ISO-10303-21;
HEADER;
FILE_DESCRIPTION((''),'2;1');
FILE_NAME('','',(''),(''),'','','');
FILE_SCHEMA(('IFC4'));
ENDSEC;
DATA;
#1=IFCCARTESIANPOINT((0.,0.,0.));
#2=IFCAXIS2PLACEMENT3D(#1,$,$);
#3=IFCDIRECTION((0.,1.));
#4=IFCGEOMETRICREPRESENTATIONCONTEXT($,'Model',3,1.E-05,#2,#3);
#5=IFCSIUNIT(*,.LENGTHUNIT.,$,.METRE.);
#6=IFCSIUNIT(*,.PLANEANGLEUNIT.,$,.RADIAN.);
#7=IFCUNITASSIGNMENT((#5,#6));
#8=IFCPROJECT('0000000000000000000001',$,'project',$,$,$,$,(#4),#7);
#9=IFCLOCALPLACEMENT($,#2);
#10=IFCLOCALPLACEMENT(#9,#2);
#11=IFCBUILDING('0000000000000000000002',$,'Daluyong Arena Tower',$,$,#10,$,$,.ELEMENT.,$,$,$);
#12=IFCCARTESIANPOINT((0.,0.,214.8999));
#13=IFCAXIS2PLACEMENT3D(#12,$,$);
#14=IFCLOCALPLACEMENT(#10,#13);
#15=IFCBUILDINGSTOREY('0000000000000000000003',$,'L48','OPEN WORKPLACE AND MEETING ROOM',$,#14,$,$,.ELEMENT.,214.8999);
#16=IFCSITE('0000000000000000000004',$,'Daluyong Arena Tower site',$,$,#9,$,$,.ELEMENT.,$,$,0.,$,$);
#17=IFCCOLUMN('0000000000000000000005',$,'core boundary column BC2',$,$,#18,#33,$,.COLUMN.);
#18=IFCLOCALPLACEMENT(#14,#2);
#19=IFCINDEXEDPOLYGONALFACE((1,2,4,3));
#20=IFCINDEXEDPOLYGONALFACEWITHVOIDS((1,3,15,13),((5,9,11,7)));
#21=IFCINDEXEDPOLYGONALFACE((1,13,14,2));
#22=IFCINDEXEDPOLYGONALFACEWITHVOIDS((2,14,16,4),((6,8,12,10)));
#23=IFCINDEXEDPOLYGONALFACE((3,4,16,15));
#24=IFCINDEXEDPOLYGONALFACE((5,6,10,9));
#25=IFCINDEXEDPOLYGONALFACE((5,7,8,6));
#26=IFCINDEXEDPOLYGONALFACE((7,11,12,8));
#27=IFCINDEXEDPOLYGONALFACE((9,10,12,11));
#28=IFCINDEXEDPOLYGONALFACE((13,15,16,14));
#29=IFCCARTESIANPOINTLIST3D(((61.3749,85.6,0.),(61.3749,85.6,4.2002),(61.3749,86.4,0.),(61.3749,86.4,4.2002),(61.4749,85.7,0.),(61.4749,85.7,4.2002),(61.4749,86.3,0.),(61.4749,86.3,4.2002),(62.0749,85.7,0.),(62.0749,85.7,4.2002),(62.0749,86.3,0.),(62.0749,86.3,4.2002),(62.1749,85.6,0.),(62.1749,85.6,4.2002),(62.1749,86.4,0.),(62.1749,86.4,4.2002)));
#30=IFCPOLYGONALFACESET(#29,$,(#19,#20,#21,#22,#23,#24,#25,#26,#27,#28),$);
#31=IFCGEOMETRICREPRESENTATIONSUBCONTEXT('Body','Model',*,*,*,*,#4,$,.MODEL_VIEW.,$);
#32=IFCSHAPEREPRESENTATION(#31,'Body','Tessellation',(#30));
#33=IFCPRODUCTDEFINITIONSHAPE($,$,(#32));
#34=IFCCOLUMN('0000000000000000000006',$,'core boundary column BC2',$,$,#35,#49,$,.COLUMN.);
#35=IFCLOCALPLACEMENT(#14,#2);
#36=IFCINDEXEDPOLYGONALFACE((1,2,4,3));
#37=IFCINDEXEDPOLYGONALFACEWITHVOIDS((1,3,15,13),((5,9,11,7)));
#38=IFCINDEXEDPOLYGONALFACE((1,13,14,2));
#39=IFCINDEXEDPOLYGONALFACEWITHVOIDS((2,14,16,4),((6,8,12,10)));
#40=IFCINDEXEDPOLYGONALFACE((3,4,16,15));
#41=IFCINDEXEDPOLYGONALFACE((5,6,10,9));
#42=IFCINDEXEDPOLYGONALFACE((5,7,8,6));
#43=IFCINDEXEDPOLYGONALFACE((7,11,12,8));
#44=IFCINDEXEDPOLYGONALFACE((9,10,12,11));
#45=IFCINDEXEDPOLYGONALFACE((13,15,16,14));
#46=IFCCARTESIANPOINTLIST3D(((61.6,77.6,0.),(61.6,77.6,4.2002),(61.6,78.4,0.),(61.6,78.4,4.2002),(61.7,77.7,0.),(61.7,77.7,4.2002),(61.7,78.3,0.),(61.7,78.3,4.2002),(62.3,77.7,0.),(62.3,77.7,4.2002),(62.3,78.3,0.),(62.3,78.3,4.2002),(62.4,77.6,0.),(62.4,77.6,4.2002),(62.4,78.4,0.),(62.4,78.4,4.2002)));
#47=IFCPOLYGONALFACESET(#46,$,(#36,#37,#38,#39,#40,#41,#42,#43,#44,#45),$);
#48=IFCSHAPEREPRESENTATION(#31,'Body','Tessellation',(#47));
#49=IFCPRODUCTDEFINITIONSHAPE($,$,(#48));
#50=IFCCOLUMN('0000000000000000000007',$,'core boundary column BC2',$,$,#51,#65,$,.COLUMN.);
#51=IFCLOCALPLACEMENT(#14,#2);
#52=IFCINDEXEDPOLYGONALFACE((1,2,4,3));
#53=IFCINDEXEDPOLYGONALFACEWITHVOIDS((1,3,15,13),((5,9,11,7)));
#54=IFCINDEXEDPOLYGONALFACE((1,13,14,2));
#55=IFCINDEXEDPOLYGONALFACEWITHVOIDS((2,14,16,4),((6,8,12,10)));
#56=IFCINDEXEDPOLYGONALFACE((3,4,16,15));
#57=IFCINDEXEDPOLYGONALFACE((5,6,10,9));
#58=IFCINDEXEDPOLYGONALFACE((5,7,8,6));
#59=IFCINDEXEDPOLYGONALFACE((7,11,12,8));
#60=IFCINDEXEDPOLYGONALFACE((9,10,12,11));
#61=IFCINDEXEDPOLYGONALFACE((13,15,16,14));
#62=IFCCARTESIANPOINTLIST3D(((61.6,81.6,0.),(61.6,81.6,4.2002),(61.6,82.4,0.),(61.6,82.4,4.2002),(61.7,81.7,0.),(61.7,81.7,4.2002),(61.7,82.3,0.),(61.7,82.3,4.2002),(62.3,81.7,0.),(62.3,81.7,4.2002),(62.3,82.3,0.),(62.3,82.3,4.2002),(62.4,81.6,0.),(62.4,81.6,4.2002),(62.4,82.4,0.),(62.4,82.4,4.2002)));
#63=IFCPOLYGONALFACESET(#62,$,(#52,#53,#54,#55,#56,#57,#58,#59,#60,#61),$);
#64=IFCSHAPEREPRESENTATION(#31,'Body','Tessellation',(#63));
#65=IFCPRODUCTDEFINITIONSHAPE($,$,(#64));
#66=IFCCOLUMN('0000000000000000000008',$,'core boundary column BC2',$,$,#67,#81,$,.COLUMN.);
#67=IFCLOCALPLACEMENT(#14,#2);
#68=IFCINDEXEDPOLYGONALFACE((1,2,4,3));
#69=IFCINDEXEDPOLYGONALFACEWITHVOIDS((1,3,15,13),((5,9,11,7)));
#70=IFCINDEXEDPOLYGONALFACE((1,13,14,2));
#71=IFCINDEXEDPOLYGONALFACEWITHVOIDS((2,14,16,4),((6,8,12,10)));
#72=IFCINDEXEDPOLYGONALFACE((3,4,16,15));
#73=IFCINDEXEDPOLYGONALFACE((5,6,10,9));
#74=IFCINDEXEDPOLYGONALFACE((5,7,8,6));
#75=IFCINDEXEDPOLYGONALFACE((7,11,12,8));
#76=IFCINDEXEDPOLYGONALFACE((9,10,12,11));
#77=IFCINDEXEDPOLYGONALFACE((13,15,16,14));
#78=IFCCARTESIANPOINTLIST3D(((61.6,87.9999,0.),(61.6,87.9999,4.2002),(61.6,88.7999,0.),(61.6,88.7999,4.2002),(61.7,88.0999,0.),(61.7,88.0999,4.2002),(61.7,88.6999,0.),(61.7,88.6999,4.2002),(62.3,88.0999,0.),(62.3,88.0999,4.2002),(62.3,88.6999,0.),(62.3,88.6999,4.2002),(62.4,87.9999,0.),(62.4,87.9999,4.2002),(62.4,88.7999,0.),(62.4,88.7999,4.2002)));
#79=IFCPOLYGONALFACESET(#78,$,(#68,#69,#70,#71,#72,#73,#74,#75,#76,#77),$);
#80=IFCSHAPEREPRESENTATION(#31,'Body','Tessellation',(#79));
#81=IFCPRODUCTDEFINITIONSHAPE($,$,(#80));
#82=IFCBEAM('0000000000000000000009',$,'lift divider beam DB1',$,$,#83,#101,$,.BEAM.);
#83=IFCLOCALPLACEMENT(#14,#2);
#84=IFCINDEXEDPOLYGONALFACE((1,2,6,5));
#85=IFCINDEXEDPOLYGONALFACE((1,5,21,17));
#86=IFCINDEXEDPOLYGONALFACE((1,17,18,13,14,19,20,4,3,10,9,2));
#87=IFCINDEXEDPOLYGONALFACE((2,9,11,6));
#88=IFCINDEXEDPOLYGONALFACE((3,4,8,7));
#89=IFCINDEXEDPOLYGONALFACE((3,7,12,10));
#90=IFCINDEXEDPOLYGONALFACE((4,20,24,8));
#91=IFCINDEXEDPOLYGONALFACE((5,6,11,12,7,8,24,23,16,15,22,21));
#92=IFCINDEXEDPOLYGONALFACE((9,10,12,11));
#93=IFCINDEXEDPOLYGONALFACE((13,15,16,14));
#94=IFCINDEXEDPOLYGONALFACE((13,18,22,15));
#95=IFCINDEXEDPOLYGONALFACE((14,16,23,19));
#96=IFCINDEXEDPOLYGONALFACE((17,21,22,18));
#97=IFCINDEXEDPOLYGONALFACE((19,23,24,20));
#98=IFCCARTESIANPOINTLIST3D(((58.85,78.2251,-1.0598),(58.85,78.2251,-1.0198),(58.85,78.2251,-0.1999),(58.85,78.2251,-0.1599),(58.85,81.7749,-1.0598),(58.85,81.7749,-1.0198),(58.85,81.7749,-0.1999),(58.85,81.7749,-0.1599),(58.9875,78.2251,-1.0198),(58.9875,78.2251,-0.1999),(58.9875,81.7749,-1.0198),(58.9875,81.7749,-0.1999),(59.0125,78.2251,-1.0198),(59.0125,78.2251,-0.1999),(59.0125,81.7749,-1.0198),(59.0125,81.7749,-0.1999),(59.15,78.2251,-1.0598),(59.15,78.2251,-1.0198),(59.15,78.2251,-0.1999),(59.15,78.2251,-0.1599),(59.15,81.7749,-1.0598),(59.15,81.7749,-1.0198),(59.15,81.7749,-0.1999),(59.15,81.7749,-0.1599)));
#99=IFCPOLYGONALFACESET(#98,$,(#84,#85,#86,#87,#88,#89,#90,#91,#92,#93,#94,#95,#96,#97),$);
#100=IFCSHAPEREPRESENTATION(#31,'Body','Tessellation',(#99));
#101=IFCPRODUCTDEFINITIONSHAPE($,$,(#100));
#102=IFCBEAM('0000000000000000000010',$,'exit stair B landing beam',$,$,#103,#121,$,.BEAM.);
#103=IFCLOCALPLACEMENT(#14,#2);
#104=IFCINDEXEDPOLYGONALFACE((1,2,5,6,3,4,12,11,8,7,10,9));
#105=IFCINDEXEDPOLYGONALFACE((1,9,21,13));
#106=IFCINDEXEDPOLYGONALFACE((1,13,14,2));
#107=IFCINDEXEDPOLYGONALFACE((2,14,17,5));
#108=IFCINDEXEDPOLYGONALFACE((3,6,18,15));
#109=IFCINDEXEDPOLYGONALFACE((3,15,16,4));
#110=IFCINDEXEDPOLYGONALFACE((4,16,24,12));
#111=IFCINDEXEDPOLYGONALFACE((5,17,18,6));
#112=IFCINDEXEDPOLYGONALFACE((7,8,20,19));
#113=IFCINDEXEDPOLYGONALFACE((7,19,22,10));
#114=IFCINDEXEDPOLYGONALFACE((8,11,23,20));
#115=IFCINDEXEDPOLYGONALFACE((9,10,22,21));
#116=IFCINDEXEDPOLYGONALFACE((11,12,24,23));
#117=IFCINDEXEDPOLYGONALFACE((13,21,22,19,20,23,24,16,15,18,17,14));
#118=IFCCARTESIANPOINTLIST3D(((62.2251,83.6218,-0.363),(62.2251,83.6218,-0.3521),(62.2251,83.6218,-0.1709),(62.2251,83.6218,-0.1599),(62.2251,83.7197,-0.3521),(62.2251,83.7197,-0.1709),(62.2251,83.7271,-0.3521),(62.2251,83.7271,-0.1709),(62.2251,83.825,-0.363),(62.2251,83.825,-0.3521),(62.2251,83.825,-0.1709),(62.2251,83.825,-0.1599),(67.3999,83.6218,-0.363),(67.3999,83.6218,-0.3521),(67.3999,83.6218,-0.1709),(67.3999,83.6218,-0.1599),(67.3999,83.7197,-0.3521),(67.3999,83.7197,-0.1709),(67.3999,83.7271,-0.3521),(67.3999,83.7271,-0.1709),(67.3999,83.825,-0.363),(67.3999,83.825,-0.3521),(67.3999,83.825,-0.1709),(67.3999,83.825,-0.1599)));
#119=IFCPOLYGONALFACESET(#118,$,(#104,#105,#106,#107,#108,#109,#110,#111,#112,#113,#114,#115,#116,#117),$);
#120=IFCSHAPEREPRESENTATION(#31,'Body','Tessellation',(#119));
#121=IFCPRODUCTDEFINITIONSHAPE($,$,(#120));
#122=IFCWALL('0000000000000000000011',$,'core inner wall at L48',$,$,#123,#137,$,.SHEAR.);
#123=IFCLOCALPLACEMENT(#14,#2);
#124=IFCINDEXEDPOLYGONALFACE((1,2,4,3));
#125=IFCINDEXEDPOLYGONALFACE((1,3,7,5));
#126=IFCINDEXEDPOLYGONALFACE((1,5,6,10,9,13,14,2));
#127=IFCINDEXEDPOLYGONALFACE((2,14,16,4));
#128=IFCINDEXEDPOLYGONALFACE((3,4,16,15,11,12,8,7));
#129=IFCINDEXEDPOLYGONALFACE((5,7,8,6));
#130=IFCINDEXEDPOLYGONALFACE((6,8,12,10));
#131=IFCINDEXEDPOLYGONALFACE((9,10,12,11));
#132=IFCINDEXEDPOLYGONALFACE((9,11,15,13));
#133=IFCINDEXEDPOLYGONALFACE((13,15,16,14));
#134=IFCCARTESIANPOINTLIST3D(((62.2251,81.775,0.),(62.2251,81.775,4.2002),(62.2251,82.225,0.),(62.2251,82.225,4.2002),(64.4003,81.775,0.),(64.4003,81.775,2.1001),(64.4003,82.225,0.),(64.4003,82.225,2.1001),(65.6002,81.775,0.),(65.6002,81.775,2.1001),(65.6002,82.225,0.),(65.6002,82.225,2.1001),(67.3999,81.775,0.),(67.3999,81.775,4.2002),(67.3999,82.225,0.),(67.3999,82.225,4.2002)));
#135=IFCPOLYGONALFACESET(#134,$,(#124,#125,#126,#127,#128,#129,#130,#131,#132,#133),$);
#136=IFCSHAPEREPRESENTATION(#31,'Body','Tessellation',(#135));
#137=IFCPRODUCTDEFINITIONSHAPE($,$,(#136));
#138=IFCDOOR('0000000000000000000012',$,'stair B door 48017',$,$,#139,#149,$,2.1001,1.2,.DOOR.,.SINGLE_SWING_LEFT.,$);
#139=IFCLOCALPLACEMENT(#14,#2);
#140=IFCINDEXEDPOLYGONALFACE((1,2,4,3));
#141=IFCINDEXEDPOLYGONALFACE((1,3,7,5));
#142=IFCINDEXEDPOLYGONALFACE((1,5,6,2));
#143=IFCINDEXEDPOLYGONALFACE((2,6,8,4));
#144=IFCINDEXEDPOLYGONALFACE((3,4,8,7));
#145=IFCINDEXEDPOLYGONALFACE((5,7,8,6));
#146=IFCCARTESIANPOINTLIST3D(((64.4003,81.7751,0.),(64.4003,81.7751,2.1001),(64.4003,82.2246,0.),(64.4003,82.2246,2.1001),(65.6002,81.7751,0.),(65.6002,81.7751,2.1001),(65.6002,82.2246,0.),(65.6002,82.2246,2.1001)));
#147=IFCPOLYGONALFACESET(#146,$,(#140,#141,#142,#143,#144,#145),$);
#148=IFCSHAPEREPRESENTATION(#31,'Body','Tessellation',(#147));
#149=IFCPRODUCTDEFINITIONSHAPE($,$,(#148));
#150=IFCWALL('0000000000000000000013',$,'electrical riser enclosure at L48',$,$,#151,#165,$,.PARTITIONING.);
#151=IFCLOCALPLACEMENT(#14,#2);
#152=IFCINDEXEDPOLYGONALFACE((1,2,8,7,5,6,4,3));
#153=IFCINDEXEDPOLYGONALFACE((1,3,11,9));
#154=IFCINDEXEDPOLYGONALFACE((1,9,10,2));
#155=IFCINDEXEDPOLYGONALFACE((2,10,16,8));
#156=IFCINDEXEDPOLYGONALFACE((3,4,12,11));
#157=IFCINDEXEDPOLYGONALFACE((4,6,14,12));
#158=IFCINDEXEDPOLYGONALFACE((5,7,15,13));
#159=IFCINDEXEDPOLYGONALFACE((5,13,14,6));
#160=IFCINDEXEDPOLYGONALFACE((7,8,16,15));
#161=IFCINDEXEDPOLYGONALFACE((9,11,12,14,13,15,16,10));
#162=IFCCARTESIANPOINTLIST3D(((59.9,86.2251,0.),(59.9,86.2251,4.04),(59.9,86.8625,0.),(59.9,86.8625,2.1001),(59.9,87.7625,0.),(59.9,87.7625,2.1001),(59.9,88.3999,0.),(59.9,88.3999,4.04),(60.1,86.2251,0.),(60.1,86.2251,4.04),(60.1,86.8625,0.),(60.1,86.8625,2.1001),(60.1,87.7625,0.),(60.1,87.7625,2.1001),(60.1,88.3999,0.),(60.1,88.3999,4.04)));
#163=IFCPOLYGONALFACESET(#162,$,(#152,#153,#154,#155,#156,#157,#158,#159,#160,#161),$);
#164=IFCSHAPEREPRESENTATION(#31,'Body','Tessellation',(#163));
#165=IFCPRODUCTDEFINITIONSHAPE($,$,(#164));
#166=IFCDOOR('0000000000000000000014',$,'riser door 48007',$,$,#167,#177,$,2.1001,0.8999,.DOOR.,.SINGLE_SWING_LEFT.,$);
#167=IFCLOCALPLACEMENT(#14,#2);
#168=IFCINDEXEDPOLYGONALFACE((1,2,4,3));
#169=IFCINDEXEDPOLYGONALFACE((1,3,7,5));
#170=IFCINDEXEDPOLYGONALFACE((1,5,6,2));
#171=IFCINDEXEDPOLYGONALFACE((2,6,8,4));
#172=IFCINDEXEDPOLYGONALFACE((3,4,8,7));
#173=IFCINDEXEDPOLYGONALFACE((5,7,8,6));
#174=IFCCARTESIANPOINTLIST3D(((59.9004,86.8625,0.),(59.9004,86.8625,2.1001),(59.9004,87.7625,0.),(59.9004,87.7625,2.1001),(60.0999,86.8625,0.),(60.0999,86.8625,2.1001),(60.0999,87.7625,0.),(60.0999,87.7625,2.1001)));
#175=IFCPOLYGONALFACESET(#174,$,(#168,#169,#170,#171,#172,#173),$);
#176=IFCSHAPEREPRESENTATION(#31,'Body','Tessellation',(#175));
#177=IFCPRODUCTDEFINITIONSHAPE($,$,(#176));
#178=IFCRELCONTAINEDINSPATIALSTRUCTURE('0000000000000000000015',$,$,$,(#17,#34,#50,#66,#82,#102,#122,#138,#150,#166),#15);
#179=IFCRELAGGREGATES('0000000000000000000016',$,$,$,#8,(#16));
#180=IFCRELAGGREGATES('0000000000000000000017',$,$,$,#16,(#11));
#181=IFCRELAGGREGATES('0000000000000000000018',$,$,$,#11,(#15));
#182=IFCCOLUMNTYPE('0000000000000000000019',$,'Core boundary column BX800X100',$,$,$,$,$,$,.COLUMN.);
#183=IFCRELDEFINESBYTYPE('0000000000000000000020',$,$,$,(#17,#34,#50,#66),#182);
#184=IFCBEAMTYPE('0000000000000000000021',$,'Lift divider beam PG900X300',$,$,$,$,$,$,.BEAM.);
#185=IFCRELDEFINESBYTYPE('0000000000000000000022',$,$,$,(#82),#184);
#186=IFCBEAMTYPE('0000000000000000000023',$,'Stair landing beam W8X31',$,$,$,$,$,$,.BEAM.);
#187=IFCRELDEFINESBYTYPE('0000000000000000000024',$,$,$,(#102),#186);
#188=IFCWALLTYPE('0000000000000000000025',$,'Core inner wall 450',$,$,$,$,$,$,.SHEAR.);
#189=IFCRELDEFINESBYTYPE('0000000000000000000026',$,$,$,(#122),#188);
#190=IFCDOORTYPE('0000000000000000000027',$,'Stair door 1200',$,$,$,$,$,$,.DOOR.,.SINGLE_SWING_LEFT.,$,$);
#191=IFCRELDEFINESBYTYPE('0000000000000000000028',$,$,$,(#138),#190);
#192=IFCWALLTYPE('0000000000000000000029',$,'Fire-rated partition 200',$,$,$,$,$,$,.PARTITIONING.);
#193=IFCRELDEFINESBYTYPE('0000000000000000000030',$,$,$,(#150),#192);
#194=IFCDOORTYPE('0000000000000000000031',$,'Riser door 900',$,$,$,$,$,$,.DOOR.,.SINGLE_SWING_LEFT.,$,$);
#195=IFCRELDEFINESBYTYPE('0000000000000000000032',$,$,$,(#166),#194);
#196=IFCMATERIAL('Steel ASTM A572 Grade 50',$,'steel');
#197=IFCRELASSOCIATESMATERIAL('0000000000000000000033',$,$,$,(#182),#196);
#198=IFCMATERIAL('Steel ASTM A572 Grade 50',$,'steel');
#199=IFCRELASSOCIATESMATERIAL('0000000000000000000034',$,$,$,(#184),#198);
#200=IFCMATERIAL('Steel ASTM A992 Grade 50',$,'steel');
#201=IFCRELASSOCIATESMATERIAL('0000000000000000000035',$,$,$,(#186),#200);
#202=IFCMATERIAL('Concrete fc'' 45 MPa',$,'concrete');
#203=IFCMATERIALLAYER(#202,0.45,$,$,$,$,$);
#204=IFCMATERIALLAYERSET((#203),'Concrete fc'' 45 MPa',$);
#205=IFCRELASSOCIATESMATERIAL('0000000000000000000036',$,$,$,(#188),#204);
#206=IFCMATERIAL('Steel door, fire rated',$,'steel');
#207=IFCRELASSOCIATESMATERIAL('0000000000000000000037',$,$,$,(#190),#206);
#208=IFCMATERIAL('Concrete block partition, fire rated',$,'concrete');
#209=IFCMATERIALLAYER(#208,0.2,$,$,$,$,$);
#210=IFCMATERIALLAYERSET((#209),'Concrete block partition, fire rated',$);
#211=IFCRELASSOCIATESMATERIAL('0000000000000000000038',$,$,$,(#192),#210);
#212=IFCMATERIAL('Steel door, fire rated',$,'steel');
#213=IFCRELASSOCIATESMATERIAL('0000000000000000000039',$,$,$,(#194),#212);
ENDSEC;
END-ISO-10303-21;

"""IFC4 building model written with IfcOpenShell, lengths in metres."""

from ifc_helpers import new_model, si_unit, direction, frame, frame_2d, origin, origin_2d, place, context, subcontext, project, spatial, rectangle, hollow_rectangle, i_section, extrude, material, layer, layer_set, material_profile, profile_set, type_object, element, fill, save


model = new_model("IFC4")

# Units and contexts
model_context = context("Model", 3, precision=1e-05, world=origin(), true_north=direction((0.0, 1.0)))
body_context = subcontext(model_context, "Body", "Model", "MODEL_VIEW")
ifc_project = project(units=[si_unit("LENGTHUNIT", "METRE"), si_unit("PLANEANGLEUNIT", "RADIAN")], contexts=[model_context])

# Site, building, storey
site_placement = place(None, origin())
site = spatial("IfcSite", under=ifc_project, at=site_placement, Name="Daluyong Arena Tower site", CompositionType="ELEMENT", RefElevation=0.0)
building_placement = place(site_placement, origin())
building = spatial("IfcBuilding", under=site, at=building_placement, Name="Daluyong Arena Tower", CompositionType="ELEMENT")
storey_placement = place(building_placement, frame((0.0, 0.0, 214.8999)))
storey = spatial("IfcBuildingStorey", under=building, at=storey_placement, Name="L48", Description="OPEN WORKPLACE AND MEETING ROOM", CompositionType="ELEMENT", Elevation=214.8999)

# Columns
ifc_material_1 = material(Name="Steel ASTM A572 Grade 50", Category="steel")
ifc_material_profile_1 = material_profile(ifc_material_1, hollow_rectangle(XDim=0.8, YDim=0.8, WallThickness=0.1, at=origin_2d()))
ifc_profile_set_1 = profile_set([ifc_material_profile_1], Name="Steel ASTM A572 Grade 50")
column_type = type_object("IfcColumnType", Name="Core boundary column BX800X100", PredefinedType="COLUMN", material=ifc_profile_set_1)
for number, where, z_axis, x_axis, name in (
    (1, (61.7749, 86.0, 0.0), (0.0, 0.0, 1.0), (1.0, 0.0, 0.0), "core boundary column BC2"),
    (2, (62.0, 78.0, 0.0), (0.0, 0.0, 1.0), (1.0, 0.0, 0.0), "core boundary column BC2"),
    (3, (62.0, 82.0, 0.0), (0.0, 0.0, 1.0), (1.0, 0.0, 0.0), "core boundary column BC2"),
    (4, (62.0, 88.3999, 0.0), (0.0, 0.0, 1.0), (1.0, 0.0, 0.0), "core boundary column BC2"),
):
    element("IfcColumn", number, at=place(storey_placement, frame(where, z_axis=z_axis, x_axis=x_axis)), inside=storey, type_object=column_type, Name=name, PredefinedType="COLUMN", context=body_context, shape_type="SweptSolid", body=[
        extrude(hollow_rectangle(XDim=0.8, YDim=0.8, WallThickness=0.1, at=origin_2d()), origin(), (0.0, 0.0, 1.0), 4.2002),
    ])

# Beams
ifc_material_2 = material(Name="Steel ASTM A572 Grade 50", Category="steel")
ifc_material_profile_2 = material_profile(ifc_material_2, i_section(OverallWidth=0.3, OverallDepth=0.8999, WebThickness=0.025, FlangeThickness=0.04, at=origin_2d()))
ifc_profile_set_2 = profile_set([ifc_material_profile_2], Name="Steel ASTM A572 Grade 50")
beam_type_1 = type_object("IfcBeamType", Name="Lift divider beam PG900X300", PredefinedType="BEAM", material=ifc_profile_set_2)
beam_1_placement = place(storey_placement, frame((59.0, 78.2251, -0.6099), z_axis=(0.0, 1.0, 0.0), x_axis=(-1.0, 0.0, 0.0)))
element("IfcBeam", 5, at=beam_1_placement, inside=storey, type_object=beam_type_1, Name="lift divider beam DB1", PredefinedType="BEAM", context=body_context, shape_type="SweptSolid", body=[
    extrude(i_section(OverallWidth=0.3, OverallDepth=0.8999, WebThickness=0.025, FlangeThickness=0.04, at=origin_2d()), origin(), (0.0, 0.0, 1.0), 3.5498),
])
ifc_material_3 = material(Name="Steel ASTM A992 Grade 50", Category="steel")
ifc_material_profile_3 = material_profile(ifc_material_3, i_section(OverallWidth=0.2031, OverallDepth=0.2031, WebThickness=0.0073, FlangeThickness=0.011, at=origin_2d()))
ifc_profile_set_3 = profile_set([ifc_material_profile_3], Name="Steel ASTM A992 Grade 50")
beam_type_2 = type_object("IfcBeamType", Name="Stair landing beam W8X31", PredefinedType="BEAM", material=ifc_profile_set_3)
beam_2_placement = place(storey_placement, frame((62.2251, 83.7234, -0.2615), z_axis=(1.0, 0.0, 0.0), x_axis=(0.0, 1.0, 0.0)))
element("IfcBeam", 6, at=beam_2_placement, inside=storey, type_object=beam_type_2, Name="exit stair B landing beam", PredefinedType="BEAM", context=body_context, shape_type="SweptSolid", body=[
    extrude(i_section(OverallWidth=0.2031, OverallDepth=0.2031, WebThickness=0.0073, FlangeThickness=0.011, at=origin_2d()), origin(), (0.0, 0.0, 1.0), 5.1748),
])

# Walls, openings, doors
ifc_material_4 = material(Name="Concrete fc' 45 MPa", Category="concrete")
ifc_layer_1 = layer(ifc_material_4, 0.45)
ifc_layer_set_1 = layer_set([ifc_layer_1], Name="Concrete fc' 45 MPa")
wall_type_1 = type_object("IfcWallType", Name="Core inner wall 450", PredefinedType="SHEAR", material=ifc_layer_set_1)
wall_1_placement = place(storey_placement, frame((62.2251, 82.0, 0.0), z_axis=(0.0, 0.0, 1.0), x_axis=(1.0, 0.0, 0.0)))
wall_1 = element("IfcWall", 7, at=wall_1_placement, inside=storey, type_object=wall_type_1, Name="core inner wall at L48", PredefinedType="SHEAR", context=body_context, shape_type="SweptSolid", body=[
    extrude(rectangle(XDim=5.1748, YDim=0.45, at=frame_2d((2.5874, 0.0))), origin(), (0.0, 0.0, 1.0), 4.2002),
])
opening_1_placement = place(wall_1_placement, frame((2.175, 0.0, 0.0)))
opening_1 = element("IfcOpeningElement", 8, at=opening_1_placement, cuts=wall_1, PredefinedType="OPENING", context=body_context, shape_type="SweptSolid", body=[
    extrude(rectangle(XDim=1.2, YDim=2.1001, at=frame_2d((0.6001, 1.05))), frame((0.0, 0.2349, 0.0), z_axis=(0.0, -1.0, 0.0), x_axis=(1.0, 0.0, 0.0)), (0.0, 0.0, 1.0), 0.47),
])
ifc_material_5 = material(Name="Steel door, fire rated", Category="steel")
door_type_1 = type_object("IfcDoorType", Name="Stair door 1200", OperationType="SINGLE_SWING_LEFT", PredefinedType="DOOR", material=ifc_material_5)
door_1_placement = place(opening_1_placement, origin())
door_1 = element("IfcDoor", 9, at=door_1_placement, inside=storey, type_object=door_type_1, Name="stair B door 48017", OperationType="SINGLE_SWING_LEFT", OverallHeight=2.1001, OverallWidth=1.2, PredefinedType="DOOR", context=body_context, shape_type="SweptSolid", body=[
    extrude(rectangle(XDim=1.2, YDim=2.1001, at=frame_2d((0.6001, 1.05))), frame((0.0, 0.2246, 0.0), z_axis=(0.0, -1.0, 0.0), x_axis=(1.0, 0.0, 0.0)), (0.0, 0.0, 1.0), 0.4495),
])
fill(opening_1, door_1)
ifc_material_6 = material(Name="Concrete block partition, fire rated", Category="concrete")
ifc_layer_2 = layer(ifc_material_6, 0.2)
ifc_layer_set_2 = layer_set([ifc_layer_2], Name="Concrete block partition, fire rated")
wall_type_2 = type_object("IfcWallType", Name="Fire-rated partition 200", PredefinedType="PARTITIONING", material=ifc_layer_set_2)
wall_2_placement = place(storey_placement, frame((60.0, 86.2251, 0.0), z_axis=(0.0, 0.0, 1.0), x_axis=(0.0, 1.0, 0.0)))
wall_2 = element("IfcWall", 10, at=wall_2_placement, inside=storey, type_object=wall_type_2, Name="electrical riser enclosure at L48", PredefinedType="PARTITIONING", context=body_context, shape_type="SweptSolid", body=[
    extrude(rectangle(XDim=2.1748, YDim=0.2, at=frame_2d((1.0874, 0.0))), origin(), (0.0, 0.0, 1.0), 4.04),
])
opening_2_placement = place(wall_2_placement, frame((0.6375, 0.0, 0.0)))
opening_2 = element("IfcOpeningElement", 11, at=opening_2_placement, cuts=wall_2, PredefinedType="OPENING", context=body_context, shape_type="SweptSolid", body=[
    extrude(rectangle(XDim=0.8999, YDim=2.1001, at=frame_2d((0.45, 1.05))), frame((0.0, 0.1099, 0.0), z_axis=(0.0, -1.0, 0.0), x_axis=(1.0, 0.0, 0.0)), (0.0, 0.0, 1.0), 0.22),
])
ifc_material_7 = material(Name="Steel door, fire rated", Category="steel")
door_type_2 = type_object("IfcDoorType", Name="Riser door 900", OperationType="SINGLE_SWING_LEFT", PredefinedType="DOOR", material=ifc_material_7)
door_2_placement = place(opening_2_placement, origin())
door_2 = element("IfcDoor", 12, at=door_2_placement, inside=storey, type_object=door_type_2, Name="riser door 48007", OperationType="SINGLE_SWING_LEFT", OverallHeight=2.1001, OverallWidth=0.8999, PredefinedType="DOOR", context=body_context, shape_type="SweptSolid", body=[
    extrude(rectangle(XDim=0.8999, YDim=2.1001, at=frame_2d((0.45, 1.05))), frame((0.0, 0.0996, 0.0), z_axis=(0.0, -1.0, 0.0), x_axis=(1.0, 0.0, 0.0)), (0.0, 0.0, 1.0), 0.1995),
])
fill(opening_2, door_2)

save(model, "model.ifc")
